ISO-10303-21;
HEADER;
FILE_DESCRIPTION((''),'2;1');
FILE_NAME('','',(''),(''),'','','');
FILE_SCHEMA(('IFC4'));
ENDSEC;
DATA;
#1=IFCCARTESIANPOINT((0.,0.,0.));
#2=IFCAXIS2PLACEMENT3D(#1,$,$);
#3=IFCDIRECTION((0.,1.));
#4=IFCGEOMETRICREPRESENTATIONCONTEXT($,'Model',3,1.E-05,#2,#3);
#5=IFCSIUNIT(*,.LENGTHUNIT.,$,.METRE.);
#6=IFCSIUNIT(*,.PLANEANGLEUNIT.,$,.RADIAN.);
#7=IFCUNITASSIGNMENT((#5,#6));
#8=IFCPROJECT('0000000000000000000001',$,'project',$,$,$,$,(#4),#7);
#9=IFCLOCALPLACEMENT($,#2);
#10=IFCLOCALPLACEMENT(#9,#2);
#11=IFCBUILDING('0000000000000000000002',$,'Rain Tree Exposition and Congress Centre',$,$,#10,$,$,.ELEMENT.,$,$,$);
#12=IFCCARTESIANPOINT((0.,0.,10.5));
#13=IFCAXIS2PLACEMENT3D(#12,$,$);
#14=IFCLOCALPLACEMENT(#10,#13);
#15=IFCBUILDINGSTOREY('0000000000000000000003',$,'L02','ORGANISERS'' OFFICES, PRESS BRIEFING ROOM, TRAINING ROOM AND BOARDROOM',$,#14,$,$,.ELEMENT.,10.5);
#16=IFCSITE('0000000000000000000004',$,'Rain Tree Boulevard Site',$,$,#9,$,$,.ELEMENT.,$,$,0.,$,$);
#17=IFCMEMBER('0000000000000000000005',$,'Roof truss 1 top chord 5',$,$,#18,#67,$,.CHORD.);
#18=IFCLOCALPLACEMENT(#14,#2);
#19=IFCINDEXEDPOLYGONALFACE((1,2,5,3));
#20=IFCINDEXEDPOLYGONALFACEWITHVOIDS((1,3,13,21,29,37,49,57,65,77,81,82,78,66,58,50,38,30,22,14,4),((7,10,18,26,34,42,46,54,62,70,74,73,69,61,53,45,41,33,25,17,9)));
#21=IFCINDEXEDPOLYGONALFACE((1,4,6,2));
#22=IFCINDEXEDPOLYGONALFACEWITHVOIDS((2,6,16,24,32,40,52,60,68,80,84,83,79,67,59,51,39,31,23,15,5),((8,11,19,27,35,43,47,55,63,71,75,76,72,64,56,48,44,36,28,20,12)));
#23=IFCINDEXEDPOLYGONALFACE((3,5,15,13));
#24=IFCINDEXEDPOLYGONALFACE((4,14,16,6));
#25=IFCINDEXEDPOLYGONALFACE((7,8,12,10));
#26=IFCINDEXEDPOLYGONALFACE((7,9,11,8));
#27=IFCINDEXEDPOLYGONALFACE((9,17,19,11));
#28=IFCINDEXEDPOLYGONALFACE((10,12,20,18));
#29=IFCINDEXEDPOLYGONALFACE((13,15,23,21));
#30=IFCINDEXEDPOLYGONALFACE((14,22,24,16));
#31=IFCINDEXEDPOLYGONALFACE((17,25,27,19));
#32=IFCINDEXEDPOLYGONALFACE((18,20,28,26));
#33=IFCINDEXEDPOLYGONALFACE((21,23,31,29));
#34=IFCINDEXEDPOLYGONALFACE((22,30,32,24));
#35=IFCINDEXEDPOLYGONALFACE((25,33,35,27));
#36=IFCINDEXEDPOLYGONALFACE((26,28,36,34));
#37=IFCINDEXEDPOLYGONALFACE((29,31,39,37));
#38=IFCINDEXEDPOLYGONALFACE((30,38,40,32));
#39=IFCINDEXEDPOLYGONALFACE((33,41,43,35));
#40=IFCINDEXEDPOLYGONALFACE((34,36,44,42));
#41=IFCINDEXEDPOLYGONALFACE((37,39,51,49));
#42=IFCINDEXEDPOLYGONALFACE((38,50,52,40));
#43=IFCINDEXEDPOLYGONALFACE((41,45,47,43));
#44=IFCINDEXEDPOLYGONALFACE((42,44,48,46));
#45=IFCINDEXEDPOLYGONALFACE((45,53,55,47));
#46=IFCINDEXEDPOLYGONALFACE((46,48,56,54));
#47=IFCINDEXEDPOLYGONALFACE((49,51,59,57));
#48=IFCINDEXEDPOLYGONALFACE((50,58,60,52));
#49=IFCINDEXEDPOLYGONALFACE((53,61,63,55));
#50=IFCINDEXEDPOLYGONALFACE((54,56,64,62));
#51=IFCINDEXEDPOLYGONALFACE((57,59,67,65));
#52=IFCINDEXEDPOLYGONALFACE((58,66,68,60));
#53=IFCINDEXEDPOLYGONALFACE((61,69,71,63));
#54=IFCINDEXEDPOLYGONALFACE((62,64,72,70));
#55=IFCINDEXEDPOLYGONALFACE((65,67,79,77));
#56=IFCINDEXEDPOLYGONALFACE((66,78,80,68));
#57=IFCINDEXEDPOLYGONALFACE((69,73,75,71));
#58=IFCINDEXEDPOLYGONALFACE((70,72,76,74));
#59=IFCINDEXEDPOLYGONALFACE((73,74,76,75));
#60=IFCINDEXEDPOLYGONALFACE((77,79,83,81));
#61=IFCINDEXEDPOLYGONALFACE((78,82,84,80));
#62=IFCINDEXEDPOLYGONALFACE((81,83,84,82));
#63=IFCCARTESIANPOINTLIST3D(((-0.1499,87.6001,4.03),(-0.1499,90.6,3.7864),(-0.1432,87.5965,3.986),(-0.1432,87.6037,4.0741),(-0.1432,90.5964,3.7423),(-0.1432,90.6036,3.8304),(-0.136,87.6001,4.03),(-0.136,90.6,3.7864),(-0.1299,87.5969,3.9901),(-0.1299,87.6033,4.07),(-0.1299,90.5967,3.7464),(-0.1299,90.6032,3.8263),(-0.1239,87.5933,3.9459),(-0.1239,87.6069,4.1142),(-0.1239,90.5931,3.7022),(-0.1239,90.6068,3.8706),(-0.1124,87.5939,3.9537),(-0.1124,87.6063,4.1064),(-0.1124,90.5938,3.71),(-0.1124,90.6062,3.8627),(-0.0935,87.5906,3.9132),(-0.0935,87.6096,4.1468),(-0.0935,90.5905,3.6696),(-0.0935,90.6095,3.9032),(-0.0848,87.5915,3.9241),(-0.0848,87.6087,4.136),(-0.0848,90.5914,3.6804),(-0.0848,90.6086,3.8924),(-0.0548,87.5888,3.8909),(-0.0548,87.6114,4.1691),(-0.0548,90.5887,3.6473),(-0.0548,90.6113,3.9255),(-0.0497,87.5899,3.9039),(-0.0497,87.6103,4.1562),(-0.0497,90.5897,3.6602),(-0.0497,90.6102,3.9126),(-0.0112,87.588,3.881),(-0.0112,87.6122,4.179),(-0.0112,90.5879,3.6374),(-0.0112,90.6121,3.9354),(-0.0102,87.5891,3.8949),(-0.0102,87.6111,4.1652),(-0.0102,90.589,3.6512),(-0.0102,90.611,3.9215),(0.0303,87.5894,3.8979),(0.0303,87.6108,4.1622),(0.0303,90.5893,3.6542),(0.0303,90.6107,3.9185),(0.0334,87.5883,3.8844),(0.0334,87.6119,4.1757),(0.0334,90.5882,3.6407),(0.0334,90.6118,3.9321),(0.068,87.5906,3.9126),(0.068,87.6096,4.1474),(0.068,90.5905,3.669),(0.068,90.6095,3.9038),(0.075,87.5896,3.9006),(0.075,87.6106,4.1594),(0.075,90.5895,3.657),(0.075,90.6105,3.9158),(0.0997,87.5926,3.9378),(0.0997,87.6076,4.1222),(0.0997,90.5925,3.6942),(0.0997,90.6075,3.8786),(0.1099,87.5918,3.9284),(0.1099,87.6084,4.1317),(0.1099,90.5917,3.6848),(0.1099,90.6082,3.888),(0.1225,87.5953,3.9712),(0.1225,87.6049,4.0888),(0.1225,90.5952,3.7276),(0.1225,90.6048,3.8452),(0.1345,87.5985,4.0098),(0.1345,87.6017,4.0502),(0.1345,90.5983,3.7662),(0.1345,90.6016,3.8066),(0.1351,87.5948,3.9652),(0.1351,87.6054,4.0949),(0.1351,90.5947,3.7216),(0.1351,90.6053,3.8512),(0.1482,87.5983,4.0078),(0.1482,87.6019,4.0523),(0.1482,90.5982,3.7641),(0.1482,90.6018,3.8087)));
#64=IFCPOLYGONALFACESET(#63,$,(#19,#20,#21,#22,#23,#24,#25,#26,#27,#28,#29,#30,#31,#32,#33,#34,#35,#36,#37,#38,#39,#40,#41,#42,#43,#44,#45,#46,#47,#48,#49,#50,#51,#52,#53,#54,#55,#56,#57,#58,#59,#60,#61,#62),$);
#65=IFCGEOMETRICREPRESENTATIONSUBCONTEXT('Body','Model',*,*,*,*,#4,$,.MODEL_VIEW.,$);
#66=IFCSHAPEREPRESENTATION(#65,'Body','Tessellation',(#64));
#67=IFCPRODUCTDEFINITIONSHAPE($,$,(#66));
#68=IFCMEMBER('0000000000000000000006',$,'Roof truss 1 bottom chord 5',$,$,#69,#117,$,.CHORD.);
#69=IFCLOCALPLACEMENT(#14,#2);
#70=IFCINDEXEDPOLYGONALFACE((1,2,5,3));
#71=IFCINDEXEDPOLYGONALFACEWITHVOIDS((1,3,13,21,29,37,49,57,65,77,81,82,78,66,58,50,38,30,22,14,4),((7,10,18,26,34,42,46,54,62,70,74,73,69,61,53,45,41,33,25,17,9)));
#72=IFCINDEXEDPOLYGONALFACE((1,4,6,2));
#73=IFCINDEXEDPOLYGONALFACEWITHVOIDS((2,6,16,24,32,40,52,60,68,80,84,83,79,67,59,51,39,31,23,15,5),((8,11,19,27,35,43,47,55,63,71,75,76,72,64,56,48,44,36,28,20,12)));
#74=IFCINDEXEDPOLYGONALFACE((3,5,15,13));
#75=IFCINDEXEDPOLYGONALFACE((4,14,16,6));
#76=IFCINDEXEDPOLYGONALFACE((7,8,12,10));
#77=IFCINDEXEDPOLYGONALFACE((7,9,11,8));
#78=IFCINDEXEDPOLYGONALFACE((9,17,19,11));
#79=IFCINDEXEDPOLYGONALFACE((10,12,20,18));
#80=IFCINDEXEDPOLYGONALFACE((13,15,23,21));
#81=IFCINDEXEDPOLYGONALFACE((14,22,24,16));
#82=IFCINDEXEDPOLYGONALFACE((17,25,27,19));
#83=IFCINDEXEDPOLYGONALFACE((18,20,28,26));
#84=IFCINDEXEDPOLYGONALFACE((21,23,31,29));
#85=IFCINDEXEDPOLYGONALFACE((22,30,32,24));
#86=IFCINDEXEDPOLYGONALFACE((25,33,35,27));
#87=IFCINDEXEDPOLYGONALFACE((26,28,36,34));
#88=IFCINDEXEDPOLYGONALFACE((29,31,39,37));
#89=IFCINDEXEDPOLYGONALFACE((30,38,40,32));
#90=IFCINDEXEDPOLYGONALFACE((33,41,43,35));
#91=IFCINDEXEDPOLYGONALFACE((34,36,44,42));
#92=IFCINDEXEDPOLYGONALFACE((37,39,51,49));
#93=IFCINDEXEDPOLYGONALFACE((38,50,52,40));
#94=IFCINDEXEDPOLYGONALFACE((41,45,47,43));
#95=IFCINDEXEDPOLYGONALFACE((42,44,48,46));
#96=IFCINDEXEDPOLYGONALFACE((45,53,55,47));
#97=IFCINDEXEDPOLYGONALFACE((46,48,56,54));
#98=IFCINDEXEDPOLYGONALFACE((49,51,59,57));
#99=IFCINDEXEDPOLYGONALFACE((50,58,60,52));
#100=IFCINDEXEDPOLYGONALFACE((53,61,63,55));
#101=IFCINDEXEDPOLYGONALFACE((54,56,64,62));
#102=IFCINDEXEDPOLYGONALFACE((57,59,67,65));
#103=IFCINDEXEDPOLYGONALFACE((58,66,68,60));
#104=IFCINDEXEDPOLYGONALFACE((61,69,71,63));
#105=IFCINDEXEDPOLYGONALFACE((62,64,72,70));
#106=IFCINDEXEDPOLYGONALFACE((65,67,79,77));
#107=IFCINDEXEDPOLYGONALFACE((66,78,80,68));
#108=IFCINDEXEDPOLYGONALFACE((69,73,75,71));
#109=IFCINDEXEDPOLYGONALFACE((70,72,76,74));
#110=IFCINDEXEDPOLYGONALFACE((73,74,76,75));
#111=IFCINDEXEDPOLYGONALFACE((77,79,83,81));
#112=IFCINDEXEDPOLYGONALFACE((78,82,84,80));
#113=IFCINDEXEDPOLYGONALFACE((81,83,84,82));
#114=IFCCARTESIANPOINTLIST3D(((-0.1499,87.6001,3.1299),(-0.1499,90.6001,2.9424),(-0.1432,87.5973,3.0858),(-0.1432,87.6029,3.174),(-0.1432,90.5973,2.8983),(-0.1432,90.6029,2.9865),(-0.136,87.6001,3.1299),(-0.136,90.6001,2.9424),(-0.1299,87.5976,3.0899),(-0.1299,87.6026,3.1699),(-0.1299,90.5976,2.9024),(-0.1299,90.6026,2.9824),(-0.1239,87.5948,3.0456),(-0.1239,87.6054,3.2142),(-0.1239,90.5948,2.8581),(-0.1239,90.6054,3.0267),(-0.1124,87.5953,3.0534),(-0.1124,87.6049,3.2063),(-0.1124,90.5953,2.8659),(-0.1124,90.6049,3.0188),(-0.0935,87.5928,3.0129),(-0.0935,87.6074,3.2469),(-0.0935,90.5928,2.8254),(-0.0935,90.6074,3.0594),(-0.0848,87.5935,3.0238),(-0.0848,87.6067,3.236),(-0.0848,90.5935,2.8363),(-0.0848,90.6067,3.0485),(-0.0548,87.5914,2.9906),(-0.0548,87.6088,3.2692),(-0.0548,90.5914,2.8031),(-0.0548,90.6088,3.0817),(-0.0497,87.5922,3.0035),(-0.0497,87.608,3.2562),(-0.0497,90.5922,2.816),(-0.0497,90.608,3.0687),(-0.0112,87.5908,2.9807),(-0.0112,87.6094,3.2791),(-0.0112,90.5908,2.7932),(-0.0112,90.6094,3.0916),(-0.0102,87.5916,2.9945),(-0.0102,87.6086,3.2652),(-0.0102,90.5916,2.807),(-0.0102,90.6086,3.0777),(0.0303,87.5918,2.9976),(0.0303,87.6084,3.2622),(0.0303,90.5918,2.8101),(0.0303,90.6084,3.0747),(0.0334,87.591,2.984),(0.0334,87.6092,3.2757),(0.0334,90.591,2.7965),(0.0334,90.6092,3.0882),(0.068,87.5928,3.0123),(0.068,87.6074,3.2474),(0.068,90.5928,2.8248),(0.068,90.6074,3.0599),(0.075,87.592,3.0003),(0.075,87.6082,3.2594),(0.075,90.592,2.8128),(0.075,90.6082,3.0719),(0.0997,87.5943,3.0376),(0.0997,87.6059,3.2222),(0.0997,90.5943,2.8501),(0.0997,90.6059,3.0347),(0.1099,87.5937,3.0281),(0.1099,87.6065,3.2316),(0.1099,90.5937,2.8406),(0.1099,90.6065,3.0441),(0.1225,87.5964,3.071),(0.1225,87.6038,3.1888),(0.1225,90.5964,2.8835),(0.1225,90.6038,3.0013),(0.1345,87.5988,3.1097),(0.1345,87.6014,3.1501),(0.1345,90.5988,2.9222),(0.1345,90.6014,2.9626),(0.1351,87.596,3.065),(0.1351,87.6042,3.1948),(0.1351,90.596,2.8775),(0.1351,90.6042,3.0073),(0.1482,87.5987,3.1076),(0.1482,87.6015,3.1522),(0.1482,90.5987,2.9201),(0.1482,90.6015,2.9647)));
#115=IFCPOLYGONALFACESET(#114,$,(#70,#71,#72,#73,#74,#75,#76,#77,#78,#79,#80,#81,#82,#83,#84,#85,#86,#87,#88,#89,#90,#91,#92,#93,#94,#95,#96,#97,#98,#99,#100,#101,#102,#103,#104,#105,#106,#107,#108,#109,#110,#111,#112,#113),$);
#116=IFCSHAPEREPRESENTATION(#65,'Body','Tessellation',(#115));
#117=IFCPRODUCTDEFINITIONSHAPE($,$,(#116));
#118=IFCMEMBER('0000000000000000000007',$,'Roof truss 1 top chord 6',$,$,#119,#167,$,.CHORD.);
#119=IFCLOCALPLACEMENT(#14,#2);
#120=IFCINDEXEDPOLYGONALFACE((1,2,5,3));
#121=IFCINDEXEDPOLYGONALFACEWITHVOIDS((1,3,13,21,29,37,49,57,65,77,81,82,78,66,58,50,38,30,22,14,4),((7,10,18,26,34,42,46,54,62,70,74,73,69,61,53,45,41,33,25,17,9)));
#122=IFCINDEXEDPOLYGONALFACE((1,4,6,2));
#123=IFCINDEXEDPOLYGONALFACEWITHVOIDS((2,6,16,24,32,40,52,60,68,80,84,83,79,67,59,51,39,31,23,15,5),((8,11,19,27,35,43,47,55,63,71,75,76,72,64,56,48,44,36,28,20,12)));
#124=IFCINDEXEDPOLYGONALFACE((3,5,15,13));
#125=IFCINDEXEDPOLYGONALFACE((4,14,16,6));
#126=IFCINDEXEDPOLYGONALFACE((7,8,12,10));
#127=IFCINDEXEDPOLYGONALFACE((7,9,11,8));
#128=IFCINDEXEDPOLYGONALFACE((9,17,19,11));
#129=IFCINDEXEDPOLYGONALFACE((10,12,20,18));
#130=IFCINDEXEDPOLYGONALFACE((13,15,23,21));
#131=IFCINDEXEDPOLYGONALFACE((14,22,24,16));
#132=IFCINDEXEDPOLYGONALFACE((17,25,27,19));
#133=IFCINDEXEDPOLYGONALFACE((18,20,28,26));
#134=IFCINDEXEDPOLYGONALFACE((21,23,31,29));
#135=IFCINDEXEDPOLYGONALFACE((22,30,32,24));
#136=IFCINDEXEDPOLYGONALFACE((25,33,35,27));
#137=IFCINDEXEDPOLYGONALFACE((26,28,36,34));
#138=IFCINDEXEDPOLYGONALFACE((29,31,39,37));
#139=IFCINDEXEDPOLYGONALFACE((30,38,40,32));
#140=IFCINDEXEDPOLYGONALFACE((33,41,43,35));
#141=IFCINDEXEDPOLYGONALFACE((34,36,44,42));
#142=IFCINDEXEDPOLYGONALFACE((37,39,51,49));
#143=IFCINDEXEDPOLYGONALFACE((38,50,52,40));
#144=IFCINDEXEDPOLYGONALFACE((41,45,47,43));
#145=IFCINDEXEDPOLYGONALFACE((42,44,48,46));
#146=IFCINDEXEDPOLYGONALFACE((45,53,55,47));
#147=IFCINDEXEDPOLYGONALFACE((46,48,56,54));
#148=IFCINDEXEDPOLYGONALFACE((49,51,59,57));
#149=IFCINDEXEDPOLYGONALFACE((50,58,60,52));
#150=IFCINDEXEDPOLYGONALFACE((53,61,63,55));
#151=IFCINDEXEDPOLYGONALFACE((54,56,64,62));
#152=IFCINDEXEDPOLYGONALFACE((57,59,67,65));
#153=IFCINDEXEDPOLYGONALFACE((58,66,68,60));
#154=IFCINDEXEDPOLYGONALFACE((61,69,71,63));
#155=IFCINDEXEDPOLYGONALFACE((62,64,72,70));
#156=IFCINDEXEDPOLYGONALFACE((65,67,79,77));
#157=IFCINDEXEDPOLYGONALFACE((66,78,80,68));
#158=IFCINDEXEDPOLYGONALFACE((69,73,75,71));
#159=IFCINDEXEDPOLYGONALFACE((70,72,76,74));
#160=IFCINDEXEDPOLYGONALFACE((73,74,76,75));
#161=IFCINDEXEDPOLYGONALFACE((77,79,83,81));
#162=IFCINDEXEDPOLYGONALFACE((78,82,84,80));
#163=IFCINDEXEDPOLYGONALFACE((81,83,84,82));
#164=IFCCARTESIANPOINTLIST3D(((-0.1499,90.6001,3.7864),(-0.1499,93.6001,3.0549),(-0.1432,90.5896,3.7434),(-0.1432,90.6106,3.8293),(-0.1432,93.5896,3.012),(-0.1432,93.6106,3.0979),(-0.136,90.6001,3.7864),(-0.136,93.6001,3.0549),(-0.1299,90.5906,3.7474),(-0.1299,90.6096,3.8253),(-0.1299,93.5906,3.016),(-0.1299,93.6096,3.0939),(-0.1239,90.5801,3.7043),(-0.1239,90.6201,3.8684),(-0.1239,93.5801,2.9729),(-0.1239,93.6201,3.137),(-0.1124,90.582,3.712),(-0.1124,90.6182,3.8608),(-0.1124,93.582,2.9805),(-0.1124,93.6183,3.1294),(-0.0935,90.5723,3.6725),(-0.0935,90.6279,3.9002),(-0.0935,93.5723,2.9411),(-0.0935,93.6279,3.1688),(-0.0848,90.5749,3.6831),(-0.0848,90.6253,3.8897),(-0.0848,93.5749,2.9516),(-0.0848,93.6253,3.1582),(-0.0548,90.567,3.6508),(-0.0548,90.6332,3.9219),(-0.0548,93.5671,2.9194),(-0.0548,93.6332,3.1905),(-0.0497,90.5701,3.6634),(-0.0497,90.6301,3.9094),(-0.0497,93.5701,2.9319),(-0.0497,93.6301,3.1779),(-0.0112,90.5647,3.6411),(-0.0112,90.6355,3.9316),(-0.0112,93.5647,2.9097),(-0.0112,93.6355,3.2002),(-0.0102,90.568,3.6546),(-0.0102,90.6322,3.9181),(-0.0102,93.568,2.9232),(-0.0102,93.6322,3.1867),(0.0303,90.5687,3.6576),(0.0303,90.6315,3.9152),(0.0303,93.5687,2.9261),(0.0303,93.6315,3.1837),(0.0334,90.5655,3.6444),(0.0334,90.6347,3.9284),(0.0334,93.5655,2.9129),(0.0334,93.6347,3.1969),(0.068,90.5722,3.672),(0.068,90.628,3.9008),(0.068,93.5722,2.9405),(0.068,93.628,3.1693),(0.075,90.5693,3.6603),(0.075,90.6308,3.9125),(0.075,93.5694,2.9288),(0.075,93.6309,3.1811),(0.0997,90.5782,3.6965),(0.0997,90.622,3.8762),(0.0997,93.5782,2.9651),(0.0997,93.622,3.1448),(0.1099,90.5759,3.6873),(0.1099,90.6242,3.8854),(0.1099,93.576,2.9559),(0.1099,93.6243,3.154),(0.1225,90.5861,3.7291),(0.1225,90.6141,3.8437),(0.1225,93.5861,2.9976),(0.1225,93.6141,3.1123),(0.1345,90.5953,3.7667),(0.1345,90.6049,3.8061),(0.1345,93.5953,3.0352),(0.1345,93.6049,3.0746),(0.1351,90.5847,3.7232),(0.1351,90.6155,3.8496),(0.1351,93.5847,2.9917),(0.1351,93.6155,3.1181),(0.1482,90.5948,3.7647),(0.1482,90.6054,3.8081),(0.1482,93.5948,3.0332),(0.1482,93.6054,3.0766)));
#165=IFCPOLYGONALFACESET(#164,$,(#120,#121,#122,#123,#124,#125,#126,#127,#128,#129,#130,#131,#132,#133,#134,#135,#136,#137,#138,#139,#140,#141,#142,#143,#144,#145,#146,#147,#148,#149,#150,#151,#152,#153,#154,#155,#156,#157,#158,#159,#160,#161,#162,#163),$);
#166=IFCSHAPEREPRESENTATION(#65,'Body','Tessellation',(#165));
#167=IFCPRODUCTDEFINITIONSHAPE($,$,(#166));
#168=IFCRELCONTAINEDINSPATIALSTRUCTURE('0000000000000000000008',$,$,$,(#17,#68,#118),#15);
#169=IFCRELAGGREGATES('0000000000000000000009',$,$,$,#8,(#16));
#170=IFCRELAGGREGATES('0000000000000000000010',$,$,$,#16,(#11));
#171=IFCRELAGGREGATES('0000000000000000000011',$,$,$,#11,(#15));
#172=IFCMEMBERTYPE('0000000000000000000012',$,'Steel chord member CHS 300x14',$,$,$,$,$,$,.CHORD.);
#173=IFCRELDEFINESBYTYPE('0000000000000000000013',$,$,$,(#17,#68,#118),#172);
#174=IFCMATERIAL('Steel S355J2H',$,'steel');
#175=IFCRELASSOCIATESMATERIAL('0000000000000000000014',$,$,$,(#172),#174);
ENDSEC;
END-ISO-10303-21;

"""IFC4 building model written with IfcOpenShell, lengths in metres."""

from ifc_helpers import new_model, si_unit, direction, frame, origin, origin_2d, place, context, subcontext, project, spatial, hollow_circle, extrude, material, material_profile, profile_set, type_object, element, save


model = new_model("IFC4")

# Units and contexts
model_context = context("Model", 3, precision=1e-05, world=origin(), true_north=direction((0.0, 1.0)))
body_context = subcontext(model_context, "Body", "Model", "MODEL_VIEW")
ifc_project = project(units=[si_unit("LENGTHUNIT", "METRE"), si_unit("PLANEANGLEUNIT", "RADIAN")], contexts=[model_context])

# Site, building, storey
site_placement = place(None, origin())
site = spatial("IfcSite", under=ifc_project, at=site_placement, Name="Rain Tree Boulevard Site", CompositionType="ELEMENT", RefElevation=0.0)
building_placement = place(site_placement, origin())
building = spatial("IfcBuilding", under=site, at=building_placement, Name="Rain Tree Exposition and Congress Centre", CompositionType="ELEMENT")
storey_placement = place(building_placement, frame((0.0, 0.0, 10.5)))
storey = spatial("IfcBuildingStorey", under=building, at=storey_placement, Name="L02", Description="ORGANISERS' OFFICES, PRESS BRIEFING ROOM, TRAINING ROOM AND BOARDROOM", CompositionType="ELEMENT", Elevation=10.5)

# Members
ifc_material_1 = material(Name="Steel S355J2H", Category="steel")
ifc_material_profile_1 = material_profile(ifc_material_1, hollow_circle(Radius=0.1499, WallThickness=0.0139, at=origin_2d()), Name="CHS 300x14")
ifc_profile_set_1 = profile_set([ifc_material_profile_1], Name="Steel S355J2H")
member_type_1 = type_object("IfcMemberType", Name="Steel chord member CHS 300x14", PredefinedType="CHORD", material=ifc_profile_set_1)
member_1_placement = place(storey_placement, frame((0.0, 87.6001, 4.03), z_axis=(0.0, 0.996718, -0.080951), x_axis=(-1.0, 0.0, 0.0)))
element("IfcMember", 1, at=member_1_placement, inside=storey, type_object=member_type_1, Name="Roof truss 1 top chord 5", PredefinedType="CHORD", context=body_context, shape_type="SweptSolid", body=[
    extrude(hollow_circle(Radius=0.1499, WallThickness=0.0139, at=origin_2d()), origin(), (0.0, 0.0, 1.0), 3.0098),
])
member_2_placement = place(storey_placement, frame((0.0, 87.6001, 3.1299), z_axis=(0.0, 0.998053, -0.062378), x_axis=(-1.0, 0.0, 0.0)))
element("IfcMember", 2, at=member_2_placement, inside=storey, type_object=member_type_1, Name="Roof truss 1 bottom chord 5", PredefinedType="CHORD", context=body_context, shape_type="SweptSolid", body=[
    extrude(hollow_circle(Radius=0.1499, WallThickness=0.0139, at=origin_2d()), origin(), (0.0, 0.0, 1.0), 3.0059),
])
member_3_placement = place(storey_placement, frame((0.0, 90.6001, 3.7864), z_axis=(0.0, 0.97154, -0.236876), x_axis=(-1.0, 0.0, 0.0)))
element("IfcMember", 3, at=member_3_placement, inside=storey, type_object=member_type_1, Name="Roof truss 1 top chord 6", PredefinedType="CHORD", context=body_context, shape_type="SweptSolid", body=[
    extrude(hollow_circle(Radius=0.1499, WallThickness=0.0139, at=origin_2d()), origin(), (0.0, 0.0, 1.0), 3.0879),
])

save(model, "model.ifc")
